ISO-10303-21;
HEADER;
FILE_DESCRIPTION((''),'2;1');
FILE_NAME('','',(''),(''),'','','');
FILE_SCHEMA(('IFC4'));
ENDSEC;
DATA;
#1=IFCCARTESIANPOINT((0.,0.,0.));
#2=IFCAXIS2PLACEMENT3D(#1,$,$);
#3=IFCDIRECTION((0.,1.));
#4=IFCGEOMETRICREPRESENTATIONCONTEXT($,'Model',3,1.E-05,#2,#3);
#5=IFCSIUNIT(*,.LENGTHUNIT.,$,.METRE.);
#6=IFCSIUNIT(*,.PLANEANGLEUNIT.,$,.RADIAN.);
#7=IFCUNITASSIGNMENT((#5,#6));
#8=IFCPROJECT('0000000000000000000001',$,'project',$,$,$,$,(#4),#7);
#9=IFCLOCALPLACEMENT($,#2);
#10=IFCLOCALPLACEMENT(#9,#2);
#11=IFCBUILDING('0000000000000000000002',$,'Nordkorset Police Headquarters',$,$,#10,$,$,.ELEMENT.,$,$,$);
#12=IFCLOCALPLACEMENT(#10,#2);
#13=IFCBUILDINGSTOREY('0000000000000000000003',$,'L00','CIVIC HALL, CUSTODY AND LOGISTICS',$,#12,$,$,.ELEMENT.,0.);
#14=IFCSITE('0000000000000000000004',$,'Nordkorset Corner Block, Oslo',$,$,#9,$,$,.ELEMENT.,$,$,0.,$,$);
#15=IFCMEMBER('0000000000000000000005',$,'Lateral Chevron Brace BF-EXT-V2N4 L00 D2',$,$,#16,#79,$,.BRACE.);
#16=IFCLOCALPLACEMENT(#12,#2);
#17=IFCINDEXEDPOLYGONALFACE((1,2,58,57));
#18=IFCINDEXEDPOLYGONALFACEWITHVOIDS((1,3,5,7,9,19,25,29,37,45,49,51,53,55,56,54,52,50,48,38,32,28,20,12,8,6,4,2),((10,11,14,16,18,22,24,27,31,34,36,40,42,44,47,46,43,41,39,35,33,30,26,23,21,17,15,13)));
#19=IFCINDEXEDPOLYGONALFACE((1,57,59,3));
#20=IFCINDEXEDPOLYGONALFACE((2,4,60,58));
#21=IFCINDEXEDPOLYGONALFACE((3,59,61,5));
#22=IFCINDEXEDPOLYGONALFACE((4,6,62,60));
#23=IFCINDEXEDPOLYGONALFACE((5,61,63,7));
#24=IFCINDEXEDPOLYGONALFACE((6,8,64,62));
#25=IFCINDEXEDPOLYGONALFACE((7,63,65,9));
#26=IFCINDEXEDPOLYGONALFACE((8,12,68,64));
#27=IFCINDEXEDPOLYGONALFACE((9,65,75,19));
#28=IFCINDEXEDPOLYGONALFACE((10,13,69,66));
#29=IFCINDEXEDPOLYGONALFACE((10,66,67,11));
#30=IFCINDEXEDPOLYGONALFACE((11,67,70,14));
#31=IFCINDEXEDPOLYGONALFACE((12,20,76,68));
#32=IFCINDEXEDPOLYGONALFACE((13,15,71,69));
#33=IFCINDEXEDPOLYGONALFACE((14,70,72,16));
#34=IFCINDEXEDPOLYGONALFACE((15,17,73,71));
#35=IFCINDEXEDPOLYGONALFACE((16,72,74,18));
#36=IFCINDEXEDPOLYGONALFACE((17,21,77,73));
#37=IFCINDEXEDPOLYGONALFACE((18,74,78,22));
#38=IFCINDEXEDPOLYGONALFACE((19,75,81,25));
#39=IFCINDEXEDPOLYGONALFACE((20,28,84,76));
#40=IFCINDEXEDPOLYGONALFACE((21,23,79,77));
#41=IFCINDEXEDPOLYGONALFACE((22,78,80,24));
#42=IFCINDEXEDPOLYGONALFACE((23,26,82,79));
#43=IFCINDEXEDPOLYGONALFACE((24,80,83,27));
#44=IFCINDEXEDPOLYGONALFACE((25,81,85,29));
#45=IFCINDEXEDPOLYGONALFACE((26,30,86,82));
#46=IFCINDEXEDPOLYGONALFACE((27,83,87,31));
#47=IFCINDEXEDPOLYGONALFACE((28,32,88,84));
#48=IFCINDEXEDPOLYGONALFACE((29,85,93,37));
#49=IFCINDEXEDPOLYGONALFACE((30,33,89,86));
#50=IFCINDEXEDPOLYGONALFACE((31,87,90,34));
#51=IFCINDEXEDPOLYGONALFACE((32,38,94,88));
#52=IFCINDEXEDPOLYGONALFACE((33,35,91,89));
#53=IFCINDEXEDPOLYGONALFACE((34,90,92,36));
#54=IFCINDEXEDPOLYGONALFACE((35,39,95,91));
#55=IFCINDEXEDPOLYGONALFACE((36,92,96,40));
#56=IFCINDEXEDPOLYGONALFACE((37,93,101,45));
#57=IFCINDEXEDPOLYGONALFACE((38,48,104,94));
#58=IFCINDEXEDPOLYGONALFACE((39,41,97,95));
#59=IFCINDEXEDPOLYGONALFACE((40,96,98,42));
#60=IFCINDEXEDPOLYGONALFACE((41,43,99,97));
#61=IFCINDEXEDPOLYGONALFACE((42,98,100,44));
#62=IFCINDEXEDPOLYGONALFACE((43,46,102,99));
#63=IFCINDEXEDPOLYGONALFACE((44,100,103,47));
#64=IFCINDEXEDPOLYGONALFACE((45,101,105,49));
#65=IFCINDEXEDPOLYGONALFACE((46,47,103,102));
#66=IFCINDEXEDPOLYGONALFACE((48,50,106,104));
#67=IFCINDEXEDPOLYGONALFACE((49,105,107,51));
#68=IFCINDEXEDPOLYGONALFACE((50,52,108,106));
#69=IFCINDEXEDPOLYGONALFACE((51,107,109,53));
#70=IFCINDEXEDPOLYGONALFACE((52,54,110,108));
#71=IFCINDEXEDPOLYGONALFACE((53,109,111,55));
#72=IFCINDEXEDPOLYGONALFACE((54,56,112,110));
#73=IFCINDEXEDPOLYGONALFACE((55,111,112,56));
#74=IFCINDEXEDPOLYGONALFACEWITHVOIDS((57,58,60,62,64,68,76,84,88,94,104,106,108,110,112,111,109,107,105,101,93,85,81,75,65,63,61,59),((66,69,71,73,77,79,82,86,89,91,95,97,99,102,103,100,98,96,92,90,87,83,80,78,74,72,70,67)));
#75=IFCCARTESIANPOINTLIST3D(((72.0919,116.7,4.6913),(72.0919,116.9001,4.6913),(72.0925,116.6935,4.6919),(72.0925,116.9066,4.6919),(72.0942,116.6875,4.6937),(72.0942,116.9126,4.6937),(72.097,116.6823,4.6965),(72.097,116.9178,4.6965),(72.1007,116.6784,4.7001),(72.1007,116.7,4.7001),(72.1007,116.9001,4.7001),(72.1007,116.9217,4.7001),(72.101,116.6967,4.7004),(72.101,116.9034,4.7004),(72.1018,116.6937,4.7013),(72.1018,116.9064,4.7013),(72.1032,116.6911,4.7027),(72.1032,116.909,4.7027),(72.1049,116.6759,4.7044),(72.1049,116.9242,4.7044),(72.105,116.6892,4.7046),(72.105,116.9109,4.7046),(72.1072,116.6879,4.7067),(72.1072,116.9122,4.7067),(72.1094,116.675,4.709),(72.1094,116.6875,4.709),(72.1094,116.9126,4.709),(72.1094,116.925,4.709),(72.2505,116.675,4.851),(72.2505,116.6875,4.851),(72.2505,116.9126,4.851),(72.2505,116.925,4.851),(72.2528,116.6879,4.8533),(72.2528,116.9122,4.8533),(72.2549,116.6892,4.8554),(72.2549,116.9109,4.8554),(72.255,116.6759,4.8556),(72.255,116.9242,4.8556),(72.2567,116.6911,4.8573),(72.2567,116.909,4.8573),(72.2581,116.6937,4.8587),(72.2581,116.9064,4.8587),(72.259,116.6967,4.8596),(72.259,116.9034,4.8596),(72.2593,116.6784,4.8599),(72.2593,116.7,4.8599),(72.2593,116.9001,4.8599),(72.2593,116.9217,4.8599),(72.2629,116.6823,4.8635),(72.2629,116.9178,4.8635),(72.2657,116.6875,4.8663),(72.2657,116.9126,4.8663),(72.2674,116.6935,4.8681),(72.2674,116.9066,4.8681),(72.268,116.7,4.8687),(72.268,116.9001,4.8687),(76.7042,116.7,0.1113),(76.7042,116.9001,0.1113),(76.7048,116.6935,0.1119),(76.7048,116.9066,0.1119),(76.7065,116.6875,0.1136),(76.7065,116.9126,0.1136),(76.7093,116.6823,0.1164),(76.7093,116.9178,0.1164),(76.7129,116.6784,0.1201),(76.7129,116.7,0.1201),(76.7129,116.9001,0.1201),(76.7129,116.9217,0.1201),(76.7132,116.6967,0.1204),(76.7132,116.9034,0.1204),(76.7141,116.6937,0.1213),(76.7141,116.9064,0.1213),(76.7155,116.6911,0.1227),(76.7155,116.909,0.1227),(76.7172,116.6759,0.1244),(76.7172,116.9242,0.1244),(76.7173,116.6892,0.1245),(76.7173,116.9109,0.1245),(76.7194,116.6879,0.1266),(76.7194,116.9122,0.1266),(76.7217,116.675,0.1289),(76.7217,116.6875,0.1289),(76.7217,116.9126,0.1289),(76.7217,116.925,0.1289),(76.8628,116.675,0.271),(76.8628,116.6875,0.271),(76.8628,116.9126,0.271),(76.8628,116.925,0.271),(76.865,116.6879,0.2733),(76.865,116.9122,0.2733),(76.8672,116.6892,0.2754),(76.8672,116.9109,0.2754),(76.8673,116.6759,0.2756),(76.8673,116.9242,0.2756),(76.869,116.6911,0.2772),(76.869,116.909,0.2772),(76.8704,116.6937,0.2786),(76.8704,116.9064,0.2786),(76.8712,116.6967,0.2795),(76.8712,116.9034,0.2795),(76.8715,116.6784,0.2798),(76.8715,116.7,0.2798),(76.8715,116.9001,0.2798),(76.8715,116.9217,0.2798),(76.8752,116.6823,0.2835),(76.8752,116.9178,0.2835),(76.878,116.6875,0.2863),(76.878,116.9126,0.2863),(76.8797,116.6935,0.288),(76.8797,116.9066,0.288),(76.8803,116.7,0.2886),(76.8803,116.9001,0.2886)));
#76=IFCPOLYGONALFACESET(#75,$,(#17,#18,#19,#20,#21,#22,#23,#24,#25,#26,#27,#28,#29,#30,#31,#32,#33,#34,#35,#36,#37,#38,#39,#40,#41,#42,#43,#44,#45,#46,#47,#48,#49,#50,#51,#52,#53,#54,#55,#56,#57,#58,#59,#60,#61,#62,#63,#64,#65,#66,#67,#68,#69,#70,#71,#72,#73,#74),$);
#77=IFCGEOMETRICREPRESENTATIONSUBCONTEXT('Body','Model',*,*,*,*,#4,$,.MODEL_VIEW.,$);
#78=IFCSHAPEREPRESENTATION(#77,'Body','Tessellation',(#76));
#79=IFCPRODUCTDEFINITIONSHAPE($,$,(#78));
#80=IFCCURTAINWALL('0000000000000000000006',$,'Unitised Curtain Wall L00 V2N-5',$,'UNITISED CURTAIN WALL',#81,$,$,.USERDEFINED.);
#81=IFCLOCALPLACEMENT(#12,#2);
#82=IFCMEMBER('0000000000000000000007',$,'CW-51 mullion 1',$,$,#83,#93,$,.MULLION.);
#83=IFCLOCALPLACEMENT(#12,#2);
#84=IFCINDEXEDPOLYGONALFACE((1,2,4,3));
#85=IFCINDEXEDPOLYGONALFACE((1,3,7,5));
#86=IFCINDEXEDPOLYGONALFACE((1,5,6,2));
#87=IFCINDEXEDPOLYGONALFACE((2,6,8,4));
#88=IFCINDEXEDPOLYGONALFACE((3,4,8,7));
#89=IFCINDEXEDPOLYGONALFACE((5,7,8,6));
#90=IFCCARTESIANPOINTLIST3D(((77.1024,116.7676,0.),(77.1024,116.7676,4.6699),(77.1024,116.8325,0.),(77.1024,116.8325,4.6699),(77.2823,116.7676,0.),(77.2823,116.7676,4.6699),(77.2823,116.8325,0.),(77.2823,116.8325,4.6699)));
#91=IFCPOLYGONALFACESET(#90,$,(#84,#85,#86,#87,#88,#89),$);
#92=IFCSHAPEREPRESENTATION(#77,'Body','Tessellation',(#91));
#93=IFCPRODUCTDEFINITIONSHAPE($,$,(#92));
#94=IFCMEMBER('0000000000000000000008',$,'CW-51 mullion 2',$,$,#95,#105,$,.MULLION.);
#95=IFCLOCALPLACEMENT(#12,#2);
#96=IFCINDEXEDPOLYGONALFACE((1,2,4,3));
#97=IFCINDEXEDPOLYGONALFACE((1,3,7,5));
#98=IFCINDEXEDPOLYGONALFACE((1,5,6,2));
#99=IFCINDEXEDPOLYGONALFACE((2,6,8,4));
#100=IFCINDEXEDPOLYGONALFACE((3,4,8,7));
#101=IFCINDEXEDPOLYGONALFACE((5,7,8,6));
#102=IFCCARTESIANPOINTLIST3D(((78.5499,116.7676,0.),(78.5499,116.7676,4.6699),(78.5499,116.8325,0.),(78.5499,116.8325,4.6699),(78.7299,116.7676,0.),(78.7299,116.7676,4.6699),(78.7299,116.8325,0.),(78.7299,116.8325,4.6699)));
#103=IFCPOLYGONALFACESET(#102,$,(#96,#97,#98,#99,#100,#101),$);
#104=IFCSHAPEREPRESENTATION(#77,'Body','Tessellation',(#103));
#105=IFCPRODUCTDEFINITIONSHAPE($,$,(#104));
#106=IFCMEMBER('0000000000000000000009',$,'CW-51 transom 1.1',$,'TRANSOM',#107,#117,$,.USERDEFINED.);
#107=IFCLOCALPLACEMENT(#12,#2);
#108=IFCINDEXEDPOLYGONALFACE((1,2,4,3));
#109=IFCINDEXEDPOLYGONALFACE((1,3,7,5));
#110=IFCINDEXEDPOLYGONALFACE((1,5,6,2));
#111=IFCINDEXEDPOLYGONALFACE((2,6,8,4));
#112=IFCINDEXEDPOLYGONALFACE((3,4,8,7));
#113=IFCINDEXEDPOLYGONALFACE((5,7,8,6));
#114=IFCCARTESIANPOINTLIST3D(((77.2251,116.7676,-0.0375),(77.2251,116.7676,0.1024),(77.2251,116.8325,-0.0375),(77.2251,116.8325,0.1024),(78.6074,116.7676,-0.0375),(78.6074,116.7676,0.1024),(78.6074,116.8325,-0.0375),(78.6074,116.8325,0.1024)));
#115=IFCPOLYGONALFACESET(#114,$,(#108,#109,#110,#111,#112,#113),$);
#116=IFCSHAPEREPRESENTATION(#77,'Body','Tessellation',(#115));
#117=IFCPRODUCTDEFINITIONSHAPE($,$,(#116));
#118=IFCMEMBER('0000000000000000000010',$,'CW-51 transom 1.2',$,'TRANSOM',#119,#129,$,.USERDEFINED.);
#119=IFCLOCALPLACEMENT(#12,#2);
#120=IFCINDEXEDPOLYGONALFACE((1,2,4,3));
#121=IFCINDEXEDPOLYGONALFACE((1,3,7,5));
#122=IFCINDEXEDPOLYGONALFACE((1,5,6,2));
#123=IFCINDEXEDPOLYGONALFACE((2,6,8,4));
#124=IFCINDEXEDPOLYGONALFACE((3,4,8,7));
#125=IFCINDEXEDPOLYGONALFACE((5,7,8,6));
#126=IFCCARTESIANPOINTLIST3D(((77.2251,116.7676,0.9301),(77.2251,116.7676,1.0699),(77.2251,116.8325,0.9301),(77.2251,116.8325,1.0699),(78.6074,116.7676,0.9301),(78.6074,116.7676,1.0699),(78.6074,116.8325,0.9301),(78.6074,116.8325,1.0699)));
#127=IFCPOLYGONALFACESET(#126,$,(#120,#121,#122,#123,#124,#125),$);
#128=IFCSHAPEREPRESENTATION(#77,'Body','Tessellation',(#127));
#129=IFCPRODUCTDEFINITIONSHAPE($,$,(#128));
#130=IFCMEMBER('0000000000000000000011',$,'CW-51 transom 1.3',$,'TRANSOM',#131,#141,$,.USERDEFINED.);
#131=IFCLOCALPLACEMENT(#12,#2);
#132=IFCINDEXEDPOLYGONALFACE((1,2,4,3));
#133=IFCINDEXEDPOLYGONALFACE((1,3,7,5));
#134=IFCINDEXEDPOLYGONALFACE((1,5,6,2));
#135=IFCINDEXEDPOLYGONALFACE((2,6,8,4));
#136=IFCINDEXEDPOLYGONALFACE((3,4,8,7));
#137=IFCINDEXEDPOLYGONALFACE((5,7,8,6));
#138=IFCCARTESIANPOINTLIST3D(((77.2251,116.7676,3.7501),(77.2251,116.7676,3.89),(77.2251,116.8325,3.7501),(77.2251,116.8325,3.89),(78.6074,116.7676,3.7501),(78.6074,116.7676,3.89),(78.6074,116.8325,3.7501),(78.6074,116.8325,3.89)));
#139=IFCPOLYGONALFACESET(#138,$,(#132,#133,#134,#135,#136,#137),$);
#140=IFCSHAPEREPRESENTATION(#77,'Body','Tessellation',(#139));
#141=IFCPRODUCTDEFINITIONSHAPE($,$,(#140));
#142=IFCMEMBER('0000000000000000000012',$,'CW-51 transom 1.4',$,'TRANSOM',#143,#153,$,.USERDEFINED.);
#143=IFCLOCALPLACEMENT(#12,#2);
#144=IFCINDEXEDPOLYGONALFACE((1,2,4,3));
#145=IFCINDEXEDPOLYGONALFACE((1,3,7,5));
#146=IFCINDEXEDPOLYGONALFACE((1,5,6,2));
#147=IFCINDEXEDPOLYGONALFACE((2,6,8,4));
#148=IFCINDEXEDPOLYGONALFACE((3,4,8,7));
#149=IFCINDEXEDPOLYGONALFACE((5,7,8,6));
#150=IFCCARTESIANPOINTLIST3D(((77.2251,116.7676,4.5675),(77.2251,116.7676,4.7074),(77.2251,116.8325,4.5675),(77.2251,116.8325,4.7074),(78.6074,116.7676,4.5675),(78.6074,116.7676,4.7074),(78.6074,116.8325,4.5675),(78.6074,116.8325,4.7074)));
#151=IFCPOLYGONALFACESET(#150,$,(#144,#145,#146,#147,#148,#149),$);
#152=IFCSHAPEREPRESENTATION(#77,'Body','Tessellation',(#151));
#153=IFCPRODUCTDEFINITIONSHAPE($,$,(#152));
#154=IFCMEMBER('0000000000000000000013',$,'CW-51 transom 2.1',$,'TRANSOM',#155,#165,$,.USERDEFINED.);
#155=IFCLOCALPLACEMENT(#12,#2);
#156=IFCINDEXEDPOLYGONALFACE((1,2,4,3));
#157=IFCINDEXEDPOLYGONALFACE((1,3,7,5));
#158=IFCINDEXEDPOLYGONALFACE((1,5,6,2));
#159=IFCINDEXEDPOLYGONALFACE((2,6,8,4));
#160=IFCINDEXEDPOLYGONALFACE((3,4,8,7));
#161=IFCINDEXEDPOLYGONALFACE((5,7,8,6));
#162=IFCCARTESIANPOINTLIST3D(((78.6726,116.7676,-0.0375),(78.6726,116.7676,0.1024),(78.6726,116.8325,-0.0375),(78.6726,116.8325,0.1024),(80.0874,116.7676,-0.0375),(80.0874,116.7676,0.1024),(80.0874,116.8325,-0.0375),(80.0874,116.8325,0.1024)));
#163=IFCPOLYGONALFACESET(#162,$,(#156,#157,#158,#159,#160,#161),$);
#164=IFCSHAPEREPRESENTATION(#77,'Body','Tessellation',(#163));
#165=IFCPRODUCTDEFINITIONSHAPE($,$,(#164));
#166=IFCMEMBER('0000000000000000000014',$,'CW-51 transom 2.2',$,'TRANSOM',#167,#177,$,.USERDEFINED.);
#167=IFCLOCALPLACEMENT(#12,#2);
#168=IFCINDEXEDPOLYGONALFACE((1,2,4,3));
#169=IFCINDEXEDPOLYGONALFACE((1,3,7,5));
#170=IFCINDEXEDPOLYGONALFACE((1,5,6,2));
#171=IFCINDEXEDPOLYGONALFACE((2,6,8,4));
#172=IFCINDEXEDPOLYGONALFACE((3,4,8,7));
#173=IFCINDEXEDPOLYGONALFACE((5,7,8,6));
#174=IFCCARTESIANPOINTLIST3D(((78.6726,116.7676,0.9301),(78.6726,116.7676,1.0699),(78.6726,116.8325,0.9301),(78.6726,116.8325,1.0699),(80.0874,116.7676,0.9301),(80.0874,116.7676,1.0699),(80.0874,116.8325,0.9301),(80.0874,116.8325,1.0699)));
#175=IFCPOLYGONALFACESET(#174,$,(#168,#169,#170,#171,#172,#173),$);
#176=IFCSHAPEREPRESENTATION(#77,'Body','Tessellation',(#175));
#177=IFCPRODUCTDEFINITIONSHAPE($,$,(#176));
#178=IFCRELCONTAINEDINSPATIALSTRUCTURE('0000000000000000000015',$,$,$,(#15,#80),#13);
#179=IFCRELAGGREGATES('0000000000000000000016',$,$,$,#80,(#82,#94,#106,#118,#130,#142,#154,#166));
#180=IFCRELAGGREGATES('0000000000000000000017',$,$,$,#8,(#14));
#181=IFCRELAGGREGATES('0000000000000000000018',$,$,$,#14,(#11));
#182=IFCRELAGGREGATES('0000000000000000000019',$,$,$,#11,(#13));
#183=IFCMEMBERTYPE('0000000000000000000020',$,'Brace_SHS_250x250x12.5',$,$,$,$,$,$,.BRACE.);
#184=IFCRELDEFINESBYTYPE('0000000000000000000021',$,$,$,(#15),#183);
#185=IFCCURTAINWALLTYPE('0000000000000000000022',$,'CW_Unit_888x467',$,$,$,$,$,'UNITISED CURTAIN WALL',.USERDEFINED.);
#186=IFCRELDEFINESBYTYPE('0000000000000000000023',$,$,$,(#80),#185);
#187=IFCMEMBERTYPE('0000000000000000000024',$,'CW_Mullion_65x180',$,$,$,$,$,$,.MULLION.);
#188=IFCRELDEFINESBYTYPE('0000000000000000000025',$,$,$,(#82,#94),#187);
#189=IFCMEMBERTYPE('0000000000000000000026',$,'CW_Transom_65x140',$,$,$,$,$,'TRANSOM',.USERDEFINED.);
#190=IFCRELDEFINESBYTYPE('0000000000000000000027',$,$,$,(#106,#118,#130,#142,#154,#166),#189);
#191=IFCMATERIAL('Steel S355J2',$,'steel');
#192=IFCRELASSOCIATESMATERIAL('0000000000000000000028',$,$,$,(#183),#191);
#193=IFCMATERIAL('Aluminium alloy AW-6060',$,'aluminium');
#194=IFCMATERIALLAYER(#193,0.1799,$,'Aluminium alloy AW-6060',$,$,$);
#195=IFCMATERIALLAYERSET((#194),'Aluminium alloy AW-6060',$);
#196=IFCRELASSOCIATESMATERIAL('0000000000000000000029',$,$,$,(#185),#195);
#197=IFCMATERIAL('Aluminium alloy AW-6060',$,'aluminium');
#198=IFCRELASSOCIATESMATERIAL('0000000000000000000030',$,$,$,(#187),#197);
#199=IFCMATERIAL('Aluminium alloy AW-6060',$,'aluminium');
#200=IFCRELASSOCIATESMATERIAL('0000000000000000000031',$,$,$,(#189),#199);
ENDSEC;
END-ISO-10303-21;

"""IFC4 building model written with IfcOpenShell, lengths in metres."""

from ifc_helpers import new_model, si_unit, direction, frame, origin, origin_2d, place, context, subcontext, project, spatial, rectangle, hollow_rectangle, extrude, material, layer, layer_set, material_profile, profile_set, type_object, element, aggregate, save


model = new_model("IFC4")

# Units and contexts
model_context = context("Model", 3, precision=1e-05, world=origin(), true_north=direction((0.0, 1.0)))
body_context = subcontext(model_context, "Body", "Model", "MODEL_VIEW")
ifc_project = project(units=[si_unit("LENGTHUNIT", "METRE"), si_unit("PLANEANGLEUNIT", "RADIAN")], contexts=[model_context])

# Site, building, storey
site_placement = place(None, origin())
site = spatial("IfcSite", under=ifc_project, at=site_placement, Name="Nordkorset Corner Block, Oslo", CompositionType="ELEMENT", RefElevation=0.0)
building_placement = place(site_placement, origin())
building = spatial("IfcBuilding", under=site, at=building_placement, Name="Nordkorset Police Headquarters", CompositionType="ELEMENT")
storey_placement = place(building_placement, origin())
storey = spatial("IfcBuildingStorey", under=building, at=storey_placement, Name="L00", Description="CIVIC HALL, CUSTODY AND LOGISTICS", CompositionType="ELEMENT", Elevation=0.0)

# Member
ifc_material_1 = material(Name="Steel S355J2", Category="steel")
ifc_material_profile_1 = material_profile(ifc_material_1, hollow_rectangle(XDim=0.25, YDim=0.25, WallThickness=0.0125, InnerFilletRadius=0.0125, OuterFilletRadius=0.0249, at=origin_2d()), Name="SHS 250x250x12.5")
ifc_profile_set_1 = profile_set([ifc_material_profile_1], Name="Steel S355J2")
member_type_1 = type_object("IfcMemberType", Name="Brace_SHS_250x250x12.5", PredefinedType="BRACE", material=ifc_profile_set_1)
for number, where, z_axis, x_axis, name in (
    (1, (76.7922, 116.8, 0.2), (-0.709581, 0.0, 0.704623), (0.0, -1.0, 0.0), "Lateral Chevron Brace BF-EXT-V2N4 L00 D2"),
):
    element("IfcMember", number, at=place(storey_placement, frame(where, z_axis=z_axis, x_axis=x_axis)), inside=storey, type_object=member_type_1, Name=name, PredefinedType="BRACE", context=body_context, shape_type="SweptSolid", body=[
        extrude(hollow_rectangle(XDim=0.25, YDim=0.25, WallThickness=0.0125, InnerFilletRadius=0.0125, OuterFilletRadius=0.0249, at=origin_2d()), origin(), (0.0, 0.0, 1.0), 6.5),
    ])

# Curtain wall, members
ifc_material_2 = material(Name="Aluminium alloy AW-6060", Category="aluminium")
ifc_layer_1 = layer(ifc_material_2, 0.1799, Name="Aluminium alloy AW-6060")
ifc_layer_set_1 = layer_set([ifc_layer_1], Name="Aluminium alloy AW-6060")
curtain_wall_type = type_object("IfcCurtainWallType", Name="CW_Unit_888x467", ElementType="UNITISED CURTAIN WALL", PredefinedType="USERDEFINED", material=ifc_layer_set_1)
curtain_wall_placement = place(storey_placement, origin())
curtain_wall = element("IfcCurtainWall", 2, at=curtain_wall_placement, inside=storey, type_object=curtain_wall_type, Name="Unitised Curtain Wall L00 V2N-5", ObjectType="UNITISED CURTAIN WALL", PredefinedType="USERDEFINED")
ifc_material_3 = material(Name="Aluminium alloy AW-6060", Category="aluminium")
ifc_material_profile_2 = material_profile(ifc_material_3, rectangle(XDim=0.0649, YDim=0.1799, at=origin_2d()), Name="ALU MULL 65x180")
ifc_profile_set_2 = profile_set([ifc_material_profile_2], Name="Aluminium alloy AW-6060")
member_type_2 = type_object("IfcMemberType", Name="CW_Mullion_65x180", PredefinedType="MULLION", material=ifc_profile_set_2)
member_1_placement = place(storey_placement, frame((77.1924, 116.8, 0.0), z_axis=(0.0, 0.0, 1.0), x_axis=(0.0, 1.0, 0.0)))
member_1 = element("IfcMember", 3, at=member_1_placement, type_object=member_type_2, Name="CW-51 mullion 1", PredefinedType="MULLION", context=body_context, shape_type="SweptSolid", body=[
    extrude(rectangle(XDim=0.0649, YDim=0.1799, at=origin_2d()), origin(), (0.0, 0.0, 1.0), 4.6699),
])
member_2_placement = place(storey_placement, frame((78.6399, 116.8, 0.0), z_axis=(0.0, 0.0, 1.0), x_axis=(0.0, 1.0, 0.0)))
member_2 = element("IfcMember", 4, at=member_2_placement, type_object=member_type_2, Name="CW-51 mullion 2", PredefinedType="MULLION", context=body_context, shape_type="SweptSolid", body=[
    extrude(rectangle(XDim=0.0649, YDim=0.1799, at=origin_2d()), origin(), (0.0, 0.0, 1.0), 4.6699),
])
ifc_material_4 = material(Name="Aluminium alloy AW-6060", Category="aluminium")
ifc_material_profile_3 = material_profile(ifc_material_4, rectangle(XDim=0.0649, YDim=0.1399, at=origin_2d()), Name="ALU TRAN 65x140")
ifc_profile_set_3 = profile_set([ifc_material_profile_3], Name="Aluminium alloy AW-6060")
member_type_3 = type_object("IfcMemberType", Name="CW_Transom_65x140", ElementType="TRANSOM", PredefinedType="USERDEFINED", material=ifc_profile_set_3)
member_3_placement = place(storey_placement, frame((77.2251, 116.8, 0.0325), z_axis=(1.0, 0.0, 0.0), x_axis=(0.0, 1.0, 0.0)))
member_3 = element("IfcMember", 5, at=member_3_placement, type_object=member_type_3, Name="CW-51 transom 1.1", ObjectType="TRANSOM", PredefinedType="USERDEFINED", context=body_context, shape_type="SweptSolid", body=[
    extrude(rectangle(XDim=0.0649, YDim=0.1399, at=origin_2d()), origin(), (0.0, 0.0, 1.0), 1.3823),
])
member_4_placement = place(storey_placement, frame((77.2251, 116.8, 1.0), z_axis=(1.0, 0.0, 0.0), x_axis=(0.0, 1.0, 0.0)))
member_4 = element("IfcMember", 6, at=member_4_placement, type_object=member_type_3, Name="CW-51 transom 1.2", ObjectType="TRANSOM", PredefinedType="USERDEFINED", context=body_context, shape_type="SweptSolid", body=[
    extrude(rectangle(XDim=0.0649, YDim=0.1399, at=origin_2d()), origin(), (0.0, 0.0, 1.0), 1.3823),
])
member_5_placement = place(storey_placement, frame((77.2251, 116.8, 3.8201), z_axis=(1.0, 0.0, 0.0), x_axis=(0.0, 1.0, 0.0)))
member_5 = element("IfcMember", 7, at=member_5_placement, type_object=member_type_3, Name="CW-51 transom 1.3", ObjectType="TRANSOM", PredefinedType="USERDEFINED", context=body_context, shape_type="SweptSolid", body=[
    extrude(rectangle(XDim=0.0649, YDim=0.1399, at=origin_2d()), origin(), (0.0, 0.0, 1.0), 1.3823),
])
member_6_placement = place(storey_placement, frame((77.2251, 116.8, 4.6375), z_axis=(1.0, 0.0, 0.0), x_axis=(0.0, 1.0, 0.0)))
member_6 = element("IfcMember", 8, at=member_6_placement, type_object=member_type_3, Name="CW-51 transom 1.4", ObjectType="TRANSOM", PredefinedType="USERDEFINED", context=body_context, shape_type="SweptSolid", body=[
    extrude(rectangle(XDim=0.0649, YDim=0.1399, at=origin_2d()), origin(), (0.0, 0.0, 1.0), 1.3823),
])
member_7_placement = place(storey_placement, frame((78.6726, 116.8, 0.0325), z_axis=(1.0, 0.0, 0.0), x_axis=(0.0, 1.0, 0.0)))
member_7 = element("IfcMember", 9, at=member_7_placement, type_object=member_type_3, Name="CW-51 transom 2.1", ObjectType="TRANSOM", PredefinedType="USERDEFINED", context=body_context, shape_type="SweptSolid", body=[
    extrude(rectangle(XDim=0.0649, YDim=0.1399, at=origin_2d()), origin(), (0.0, 0.0, 1.0), 1.4148),
])
member_8_placement = place(storey_placement, frame((78.6726, 116.8, 1.0), z_axis=(1.0, 0.0, 0.0), x_axis=(0.0, 1.0, 0.0)))
member_8 = element("IfcMember", 10, at=member_8_placement, type_object=member_type_3, Name="CW-51 transom 2.2", ObjectType="TRANSOM", PredefinedType="USERDEFINED", context=body_context, shape_type="SweptSolid", body=[
    extrude(rectangle(XDim=0.0649, YDim=0.1399, at=origin_2d()), origin(), (0.0, 0.0, 1.0), 1.4148),
])

aggregate(curtain_wall, [member_1, member_2, member_3, member_4, member_5, member_6, member_7, member_8])

save(model, "model.ifc")
